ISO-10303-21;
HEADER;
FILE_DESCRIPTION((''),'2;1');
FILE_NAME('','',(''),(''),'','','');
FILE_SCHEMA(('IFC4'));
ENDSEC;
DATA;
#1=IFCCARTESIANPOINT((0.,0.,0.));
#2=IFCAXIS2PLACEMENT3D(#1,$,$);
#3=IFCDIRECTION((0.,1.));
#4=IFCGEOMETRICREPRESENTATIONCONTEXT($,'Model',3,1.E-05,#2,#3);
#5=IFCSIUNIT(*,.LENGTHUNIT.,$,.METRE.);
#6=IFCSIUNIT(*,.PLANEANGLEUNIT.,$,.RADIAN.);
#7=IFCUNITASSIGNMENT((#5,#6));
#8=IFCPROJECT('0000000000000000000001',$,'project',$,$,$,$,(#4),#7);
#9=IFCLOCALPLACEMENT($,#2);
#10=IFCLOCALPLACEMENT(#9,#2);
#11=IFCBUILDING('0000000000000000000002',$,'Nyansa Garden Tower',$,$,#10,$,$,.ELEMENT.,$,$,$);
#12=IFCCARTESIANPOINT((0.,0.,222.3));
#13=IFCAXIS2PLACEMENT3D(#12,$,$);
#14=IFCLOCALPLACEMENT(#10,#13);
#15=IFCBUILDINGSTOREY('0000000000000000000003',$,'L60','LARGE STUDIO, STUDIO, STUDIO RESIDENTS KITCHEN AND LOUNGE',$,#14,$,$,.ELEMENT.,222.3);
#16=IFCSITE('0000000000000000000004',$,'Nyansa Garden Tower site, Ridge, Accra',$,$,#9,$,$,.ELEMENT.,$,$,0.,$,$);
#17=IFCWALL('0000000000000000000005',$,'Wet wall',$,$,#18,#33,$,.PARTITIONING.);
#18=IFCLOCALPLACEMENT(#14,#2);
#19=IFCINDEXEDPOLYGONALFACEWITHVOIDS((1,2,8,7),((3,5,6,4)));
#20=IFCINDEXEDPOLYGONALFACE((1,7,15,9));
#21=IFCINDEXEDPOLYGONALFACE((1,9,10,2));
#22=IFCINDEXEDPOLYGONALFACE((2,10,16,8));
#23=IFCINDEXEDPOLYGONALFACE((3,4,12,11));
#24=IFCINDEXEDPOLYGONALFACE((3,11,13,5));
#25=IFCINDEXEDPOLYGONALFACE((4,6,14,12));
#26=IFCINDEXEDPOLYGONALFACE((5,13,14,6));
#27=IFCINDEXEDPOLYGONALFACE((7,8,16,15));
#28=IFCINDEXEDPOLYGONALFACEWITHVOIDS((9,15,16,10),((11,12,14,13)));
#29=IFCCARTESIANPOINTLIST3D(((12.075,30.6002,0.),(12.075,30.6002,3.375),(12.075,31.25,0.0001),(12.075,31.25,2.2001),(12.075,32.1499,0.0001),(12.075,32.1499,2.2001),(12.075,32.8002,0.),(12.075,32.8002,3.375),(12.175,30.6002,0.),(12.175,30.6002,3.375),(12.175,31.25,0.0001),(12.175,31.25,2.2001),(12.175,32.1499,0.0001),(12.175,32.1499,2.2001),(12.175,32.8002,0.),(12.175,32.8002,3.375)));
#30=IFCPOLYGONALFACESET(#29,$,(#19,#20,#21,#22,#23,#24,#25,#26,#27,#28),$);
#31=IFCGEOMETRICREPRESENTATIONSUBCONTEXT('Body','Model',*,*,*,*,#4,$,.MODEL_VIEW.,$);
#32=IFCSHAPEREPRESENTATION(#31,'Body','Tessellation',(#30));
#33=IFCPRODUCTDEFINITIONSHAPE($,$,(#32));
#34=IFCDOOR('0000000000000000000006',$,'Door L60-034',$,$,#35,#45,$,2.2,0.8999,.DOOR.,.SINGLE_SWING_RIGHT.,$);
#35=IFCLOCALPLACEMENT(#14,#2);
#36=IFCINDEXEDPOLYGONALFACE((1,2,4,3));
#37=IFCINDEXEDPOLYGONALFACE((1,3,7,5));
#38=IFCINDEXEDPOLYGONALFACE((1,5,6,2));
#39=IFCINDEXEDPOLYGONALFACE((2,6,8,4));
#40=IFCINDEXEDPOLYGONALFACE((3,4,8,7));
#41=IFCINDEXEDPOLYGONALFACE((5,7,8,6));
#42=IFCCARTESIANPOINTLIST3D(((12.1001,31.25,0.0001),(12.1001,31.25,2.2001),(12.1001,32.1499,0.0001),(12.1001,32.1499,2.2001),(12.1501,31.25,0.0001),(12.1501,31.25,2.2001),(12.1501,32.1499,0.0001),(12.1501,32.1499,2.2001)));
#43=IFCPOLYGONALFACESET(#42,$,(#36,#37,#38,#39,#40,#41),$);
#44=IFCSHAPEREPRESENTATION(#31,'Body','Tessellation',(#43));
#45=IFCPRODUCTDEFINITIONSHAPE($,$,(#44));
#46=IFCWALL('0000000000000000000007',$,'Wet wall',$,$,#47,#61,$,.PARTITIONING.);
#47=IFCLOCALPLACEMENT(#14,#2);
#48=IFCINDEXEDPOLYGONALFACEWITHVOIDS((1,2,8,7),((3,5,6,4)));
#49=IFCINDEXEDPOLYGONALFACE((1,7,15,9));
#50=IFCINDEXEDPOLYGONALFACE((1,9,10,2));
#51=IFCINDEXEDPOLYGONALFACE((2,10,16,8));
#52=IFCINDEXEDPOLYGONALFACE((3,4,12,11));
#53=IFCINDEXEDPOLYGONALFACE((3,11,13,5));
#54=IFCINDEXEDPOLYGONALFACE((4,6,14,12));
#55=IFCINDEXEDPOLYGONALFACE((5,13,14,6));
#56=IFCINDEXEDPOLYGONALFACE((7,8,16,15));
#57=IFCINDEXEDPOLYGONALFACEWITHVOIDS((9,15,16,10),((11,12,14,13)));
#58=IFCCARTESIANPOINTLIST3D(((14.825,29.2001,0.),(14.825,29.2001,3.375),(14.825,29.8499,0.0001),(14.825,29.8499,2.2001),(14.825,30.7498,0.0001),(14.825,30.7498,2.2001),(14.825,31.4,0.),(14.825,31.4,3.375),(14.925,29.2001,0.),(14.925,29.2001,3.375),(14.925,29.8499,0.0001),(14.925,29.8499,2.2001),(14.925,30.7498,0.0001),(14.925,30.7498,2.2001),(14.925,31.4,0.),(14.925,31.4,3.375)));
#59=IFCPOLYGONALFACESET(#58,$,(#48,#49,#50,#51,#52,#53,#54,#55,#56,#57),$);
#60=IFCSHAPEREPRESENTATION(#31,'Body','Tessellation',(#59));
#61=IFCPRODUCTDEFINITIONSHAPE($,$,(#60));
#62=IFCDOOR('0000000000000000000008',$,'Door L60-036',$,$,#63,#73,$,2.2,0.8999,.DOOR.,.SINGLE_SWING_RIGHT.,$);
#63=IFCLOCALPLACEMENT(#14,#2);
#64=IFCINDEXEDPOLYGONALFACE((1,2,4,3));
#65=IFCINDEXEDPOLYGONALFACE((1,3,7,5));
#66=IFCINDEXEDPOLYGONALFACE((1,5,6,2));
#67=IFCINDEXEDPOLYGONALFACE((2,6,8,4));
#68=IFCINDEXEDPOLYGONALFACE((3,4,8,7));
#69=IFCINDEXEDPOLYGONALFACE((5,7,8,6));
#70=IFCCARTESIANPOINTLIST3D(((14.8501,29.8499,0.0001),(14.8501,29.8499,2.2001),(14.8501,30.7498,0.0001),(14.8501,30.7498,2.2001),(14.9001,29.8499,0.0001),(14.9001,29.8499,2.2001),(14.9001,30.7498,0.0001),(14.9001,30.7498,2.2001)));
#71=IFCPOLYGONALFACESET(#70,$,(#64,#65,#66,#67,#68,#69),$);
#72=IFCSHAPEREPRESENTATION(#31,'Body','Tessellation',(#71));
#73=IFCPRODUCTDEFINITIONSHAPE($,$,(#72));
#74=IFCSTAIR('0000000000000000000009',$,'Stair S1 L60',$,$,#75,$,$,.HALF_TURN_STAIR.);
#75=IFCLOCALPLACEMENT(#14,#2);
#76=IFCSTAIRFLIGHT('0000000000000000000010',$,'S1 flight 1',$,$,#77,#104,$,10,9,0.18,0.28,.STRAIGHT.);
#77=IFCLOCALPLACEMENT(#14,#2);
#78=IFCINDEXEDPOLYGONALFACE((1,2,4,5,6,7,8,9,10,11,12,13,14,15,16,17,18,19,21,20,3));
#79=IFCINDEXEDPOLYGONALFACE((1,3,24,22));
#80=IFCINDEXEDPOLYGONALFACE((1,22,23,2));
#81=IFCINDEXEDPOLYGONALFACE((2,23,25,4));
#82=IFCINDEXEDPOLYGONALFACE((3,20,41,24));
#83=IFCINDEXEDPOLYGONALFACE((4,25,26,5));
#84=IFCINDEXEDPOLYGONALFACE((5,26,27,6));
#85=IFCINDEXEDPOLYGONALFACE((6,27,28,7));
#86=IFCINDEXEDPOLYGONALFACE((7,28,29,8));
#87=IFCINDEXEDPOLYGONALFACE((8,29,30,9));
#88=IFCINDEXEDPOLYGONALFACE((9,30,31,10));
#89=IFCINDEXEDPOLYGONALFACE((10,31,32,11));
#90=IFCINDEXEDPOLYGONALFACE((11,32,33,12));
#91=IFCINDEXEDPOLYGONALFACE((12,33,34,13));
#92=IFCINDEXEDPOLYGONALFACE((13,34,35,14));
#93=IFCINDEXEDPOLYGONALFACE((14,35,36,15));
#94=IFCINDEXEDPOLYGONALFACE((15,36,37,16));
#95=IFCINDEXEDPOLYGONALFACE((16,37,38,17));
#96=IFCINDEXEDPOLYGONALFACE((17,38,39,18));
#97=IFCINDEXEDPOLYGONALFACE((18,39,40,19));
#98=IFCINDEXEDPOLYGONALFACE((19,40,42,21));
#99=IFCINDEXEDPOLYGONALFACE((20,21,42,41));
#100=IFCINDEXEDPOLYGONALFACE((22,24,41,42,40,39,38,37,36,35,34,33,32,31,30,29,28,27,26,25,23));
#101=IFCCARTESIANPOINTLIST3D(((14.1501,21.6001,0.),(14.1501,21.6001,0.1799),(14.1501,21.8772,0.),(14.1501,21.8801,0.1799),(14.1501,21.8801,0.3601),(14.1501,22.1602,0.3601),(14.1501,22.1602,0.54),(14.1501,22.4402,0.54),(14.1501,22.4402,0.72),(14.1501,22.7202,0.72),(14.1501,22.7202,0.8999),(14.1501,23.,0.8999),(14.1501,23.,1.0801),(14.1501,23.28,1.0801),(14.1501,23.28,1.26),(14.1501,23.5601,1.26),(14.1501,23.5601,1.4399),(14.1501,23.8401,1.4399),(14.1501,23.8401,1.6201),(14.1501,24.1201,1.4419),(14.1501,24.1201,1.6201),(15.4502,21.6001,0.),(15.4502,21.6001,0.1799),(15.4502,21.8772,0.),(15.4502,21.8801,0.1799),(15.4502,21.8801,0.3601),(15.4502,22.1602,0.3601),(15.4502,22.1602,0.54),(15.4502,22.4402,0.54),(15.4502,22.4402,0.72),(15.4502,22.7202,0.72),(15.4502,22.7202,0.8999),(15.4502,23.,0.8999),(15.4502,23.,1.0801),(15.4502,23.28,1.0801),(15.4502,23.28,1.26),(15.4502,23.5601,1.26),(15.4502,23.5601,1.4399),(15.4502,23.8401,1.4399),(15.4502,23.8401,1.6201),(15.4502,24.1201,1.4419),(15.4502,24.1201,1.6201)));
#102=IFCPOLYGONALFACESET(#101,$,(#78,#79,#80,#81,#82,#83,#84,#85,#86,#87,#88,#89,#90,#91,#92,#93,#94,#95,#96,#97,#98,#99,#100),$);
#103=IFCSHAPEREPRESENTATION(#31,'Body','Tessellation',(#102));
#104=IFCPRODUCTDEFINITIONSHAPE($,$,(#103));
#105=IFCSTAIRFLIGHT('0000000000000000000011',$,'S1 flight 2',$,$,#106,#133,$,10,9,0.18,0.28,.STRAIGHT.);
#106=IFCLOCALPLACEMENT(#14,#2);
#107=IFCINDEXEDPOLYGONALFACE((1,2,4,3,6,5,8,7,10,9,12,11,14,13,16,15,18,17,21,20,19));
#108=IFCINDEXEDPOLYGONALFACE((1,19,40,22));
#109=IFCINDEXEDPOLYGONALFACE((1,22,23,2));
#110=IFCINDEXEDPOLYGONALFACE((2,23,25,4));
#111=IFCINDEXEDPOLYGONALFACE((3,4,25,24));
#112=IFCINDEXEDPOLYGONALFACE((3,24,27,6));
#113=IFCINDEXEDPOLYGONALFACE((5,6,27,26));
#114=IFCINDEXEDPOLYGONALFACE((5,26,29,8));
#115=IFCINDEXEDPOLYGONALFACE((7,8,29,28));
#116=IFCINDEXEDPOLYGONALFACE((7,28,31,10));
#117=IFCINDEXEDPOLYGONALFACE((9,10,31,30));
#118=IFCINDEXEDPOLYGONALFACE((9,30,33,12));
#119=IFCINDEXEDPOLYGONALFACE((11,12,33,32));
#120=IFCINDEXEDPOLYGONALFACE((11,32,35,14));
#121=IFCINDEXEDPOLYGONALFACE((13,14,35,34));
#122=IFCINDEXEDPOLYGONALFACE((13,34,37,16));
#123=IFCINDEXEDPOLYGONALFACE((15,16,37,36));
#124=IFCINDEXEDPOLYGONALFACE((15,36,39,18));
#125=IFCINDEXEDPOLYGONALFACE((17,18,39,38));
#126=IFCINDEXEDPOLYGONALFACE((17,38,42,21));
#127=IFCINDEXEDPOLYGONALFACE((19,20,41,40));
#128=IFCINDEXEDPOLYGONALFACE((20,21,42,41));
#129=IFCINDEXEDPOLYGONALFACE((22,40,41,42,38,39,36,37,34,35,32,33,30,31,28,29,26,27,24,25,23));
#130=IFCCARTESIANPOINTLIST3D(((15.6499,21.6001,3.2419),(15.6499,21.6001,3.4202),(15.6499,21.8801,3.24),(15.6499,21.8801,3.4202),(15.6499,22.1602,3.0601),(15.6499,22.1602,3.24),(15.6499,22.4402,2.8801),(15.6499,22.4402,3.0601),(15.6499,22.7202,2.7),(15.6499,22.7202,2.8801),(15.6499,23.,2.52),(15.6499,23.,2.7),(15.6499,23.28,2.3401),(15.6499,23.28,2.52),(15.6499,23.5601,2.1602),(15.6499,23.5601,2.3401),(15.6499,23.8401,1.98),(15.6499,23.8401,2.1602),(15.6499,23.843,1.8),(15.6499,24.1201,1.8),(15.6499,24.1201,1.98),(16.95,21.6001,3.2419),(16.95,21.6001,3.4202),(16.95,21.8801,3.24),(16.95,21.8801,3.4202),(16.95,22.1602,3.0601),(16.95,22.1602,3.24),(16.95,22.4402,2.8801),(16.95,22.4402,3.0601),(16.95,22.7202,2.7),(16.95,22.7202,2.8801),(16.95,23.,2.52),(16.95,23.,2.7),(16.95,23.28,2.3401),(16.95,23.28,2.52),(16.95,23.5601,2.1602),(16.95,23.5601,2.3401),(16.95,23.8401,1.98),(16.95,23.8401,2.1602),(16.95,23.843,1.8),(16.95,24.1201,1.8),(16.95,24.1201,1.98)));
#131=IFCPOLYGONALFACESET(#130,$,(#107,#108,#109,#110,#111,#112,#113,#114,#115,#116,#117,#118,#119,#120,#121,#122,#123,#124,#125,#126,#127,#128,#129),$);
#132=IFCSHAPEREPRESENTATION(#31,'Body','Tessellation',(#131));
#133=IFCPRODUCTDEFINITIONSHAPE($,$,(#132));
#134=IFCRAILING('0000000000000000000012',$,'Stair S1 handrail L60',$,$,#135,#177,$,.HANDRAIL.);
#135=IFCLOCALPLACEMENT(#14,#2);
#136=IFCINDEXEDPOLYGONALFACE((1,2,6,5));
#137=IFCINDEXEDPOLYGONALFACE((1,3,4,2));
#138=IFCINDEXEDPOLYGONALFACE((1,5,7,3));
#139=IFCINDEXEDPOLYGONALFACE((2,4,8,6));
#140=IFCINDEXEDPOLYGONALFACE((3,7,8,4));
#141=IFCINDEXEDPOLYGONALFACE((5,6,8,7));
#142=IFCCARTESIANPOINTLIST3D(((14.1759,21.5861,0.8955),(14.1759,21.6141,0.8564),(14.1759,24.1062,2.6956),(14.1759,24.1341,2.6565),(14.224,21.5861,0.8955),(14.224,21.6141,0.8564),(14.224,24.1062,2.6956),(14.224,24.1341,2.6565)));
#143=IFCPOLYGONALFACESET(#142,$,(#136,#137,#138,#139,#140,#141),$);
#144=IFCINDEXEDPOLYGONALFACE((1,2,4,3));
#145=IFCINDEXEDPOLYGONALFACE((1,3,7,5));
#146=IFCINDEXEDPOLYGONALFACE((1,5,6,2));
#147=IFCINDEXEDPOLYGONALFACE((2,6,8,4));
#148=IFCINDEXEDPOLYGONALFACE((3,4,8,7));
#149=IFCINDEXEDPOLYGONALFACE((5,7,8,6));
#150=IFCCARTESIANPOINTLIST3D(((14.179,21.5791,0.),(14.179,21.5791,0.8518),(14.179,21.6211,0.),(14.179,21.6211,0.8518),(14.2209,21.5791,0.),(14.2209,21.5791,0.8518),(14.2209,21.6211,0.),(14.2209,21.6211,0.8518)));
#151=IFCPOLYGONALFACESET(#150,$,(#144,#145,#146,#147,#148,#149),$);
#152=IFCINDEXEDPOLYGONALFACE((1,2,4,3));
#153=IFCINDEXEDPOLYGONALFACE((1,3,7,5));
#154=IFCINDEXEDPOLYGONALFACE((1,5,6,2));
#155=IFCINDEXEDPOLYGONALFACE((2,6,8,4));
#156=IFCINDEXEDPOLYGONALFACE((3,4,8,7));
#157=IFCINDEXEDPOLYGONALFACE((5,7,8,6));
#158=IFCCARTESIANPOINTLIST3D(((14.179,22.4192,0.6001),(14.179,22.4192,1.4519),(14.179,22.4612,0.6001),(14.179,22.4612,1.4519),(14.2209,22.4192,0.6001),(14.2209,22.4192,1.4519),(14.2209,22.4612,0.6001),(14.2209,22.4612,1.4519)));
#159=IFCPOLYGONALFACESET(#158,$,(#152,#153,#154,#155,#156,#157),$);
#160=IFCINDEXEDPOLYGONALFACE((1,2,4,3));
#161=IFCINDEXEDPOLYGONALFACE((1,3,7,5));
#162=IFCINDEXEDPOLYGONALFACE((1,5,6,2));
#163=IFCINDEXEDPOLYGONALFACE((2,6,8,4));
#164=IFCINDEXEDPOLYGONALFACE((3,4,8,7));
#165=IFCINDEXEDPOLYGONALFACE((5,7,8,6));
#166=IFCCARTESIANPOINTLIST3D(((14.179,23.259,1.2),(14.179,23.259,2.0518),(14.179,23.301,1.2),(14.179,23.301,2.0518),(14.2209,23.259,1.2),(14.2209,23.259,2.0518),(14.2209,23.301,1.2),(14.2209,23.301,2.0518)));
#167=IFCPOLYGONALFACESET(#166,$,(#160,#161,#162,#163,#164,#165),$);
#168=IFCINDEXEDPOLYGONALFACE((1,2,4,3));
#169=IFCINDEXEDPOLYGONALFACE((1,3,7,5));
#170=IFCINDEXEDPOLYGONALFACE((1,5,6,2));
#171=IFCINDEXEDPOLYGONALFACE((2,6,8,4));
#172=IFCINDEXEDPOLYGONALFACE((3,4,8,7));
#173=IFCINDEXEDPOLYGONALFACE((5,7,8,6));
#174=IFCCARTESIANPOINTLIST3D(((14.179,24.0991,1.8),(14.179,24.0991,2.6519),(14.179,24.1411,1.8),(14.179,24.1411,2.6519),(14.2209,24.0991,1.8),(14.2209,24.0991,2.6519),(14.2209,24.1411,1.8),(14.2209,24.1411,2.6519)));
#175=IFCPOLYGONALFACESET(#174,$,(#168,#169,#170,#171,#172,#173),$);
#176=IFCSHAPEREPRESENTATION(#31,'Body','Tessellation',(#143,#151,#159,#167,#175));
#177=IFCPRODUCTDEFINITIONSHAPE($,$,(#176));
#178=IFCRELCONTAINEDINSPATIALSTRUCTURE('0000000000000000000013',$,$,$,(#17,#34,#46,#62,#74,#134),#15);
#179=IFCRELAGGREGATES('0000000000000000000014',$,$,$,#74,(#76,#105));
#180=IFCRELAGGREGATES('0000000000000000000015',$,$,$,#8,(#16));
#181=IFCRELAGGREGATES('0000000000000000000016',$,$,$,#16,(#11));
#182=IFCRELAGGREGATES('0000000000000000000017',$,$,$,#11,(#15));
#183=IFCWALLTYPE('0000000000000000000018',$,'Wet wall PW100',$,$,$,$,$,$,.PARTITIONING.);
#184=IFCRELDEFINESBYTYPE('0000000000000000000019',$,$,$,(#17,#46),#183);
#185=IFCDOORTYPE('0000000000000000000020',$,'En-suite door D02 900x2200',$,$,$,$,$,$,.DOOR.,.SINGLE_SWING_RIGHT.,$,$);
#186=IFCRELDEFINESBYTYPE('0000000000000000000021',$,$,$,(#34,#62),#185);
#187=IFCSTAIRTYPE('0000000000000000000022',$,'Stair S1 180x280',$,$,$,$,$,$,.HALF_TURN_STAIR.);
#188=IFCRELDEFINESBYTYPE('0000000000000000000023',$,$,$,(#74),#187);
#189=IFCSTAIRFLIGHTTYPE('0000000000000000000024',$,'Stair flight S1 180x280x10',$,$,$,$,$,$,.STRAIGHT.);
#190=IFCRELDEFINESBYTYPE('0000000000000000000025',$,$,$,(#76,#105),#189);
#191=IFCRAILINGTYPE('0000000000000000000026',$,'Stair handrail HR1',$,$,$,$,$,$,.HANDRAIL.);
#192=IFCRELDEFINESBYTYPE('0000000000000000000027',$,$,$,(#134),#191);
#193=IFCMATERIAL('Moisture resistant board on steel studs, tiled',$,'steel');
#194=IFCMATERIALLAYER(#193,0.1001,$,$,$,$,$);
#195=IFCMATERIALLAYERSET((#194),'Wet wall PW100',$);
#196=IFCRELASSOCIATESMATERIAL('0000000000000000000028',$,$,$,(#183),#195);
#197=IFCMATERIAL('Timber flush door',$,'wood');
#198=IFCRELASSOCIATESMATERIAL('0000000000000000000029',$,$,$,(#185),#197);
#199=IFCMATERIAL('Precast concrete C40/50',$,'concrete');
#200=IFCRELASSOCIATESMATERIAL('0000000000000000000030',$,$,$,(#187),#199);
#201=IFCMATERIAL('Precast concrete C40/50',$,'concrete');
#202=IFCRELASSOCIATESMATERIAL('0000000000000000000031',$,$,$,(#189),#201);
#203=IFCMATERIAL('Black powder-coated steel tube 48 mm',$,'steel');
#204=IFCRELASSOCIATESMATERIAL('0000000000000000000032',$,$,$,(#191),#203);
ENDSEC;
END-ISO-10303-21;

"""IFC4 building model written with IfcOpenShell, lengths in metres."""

from ifc_helpers import new_model, si_unit, direction, frame, frame_2d, origin, origin_2d, place, context, subcontext, project, spatial, polyline, rectangle, outline, extrude, material, layer, layer_set, type_object, element, fill, aggregate, save


model = new_model("IFC4")

# Units and contexts
model_context = context("Model", 3, precision=1e-05, world=origin(), true_north=direction((0.0, 1.0)))
body_context = subcontext(model_context, "Body", "Model", "MODEL_VIEW")
ifc_project = project(units=[si_unit("LENGTHUNIT", "METRE"), si_unit("PLANEANGLEUNIT", "RADIAN")], contexts=[model_context])

# Site, building, storey
site_placement = place(None, origin())
site = spatial("IfcSite", under=ifc_project, at=site_placement, Name="Nyansa Garden Tower site, Ridge, Accra", CompositionType="ELEMENT", RefElevation=0.0)
building_placement = place(site_placement, origin())
building = spatial("IfcBuilding", under=site, at=building_placement, Name="Nyansa Garden Tower", CompositionType="ELEMENT")
storey_placement = place(building_placement, frame((0.0, 0.0, 222.3)))
storey = spatial("IfcBuildingStorey", under=building, at=storey_placement, Name="L60", Description="LARGE STUDIO, STUDIO, STUDIO RESIDENTS KITCHEN AND LOUNGE", CompositionType="ELEMENT", Elevation=222.3)

# Shared definitions
ifc_material_1 = material(Name="Moisture resistant board on steel studs, tiled", Category="steel")
ifc_layer_1 = layer(ifc_material_1, 0.1001)
ifc_layer_set_1 = layer_set([ifc_layer_1], Name="Wet wall PW100")
wall_type_1 = type_object("IfcWallType", Name="Wet wall PW100", PredefinedType="PARTITIONING", material=ifc_layer_set_1)

# Walls, openings, doors
wall_1_placement = place(storey_placement, frame((12.125, 30.6001, 0.0), z_axis=(0.0, 0.0, 1.0), x_axis=(0.0, 1.0, 0.0)))
wall_1 = element("IfcWall", 1, at=wall_1_placement, inside=storey, type_object=wall_type_1, Name="Wet wall", PredefinedType="PARTITIONING", context=body_context, shape_type="SweptSolid", body=[
    extrude(rectangle(XDim=2.2, YDim=0.1001, at=frame_2d((1.1001, 0.0))), origin(), (0.0, 0.0, 1.0), 3.375),
])
opening_1_placement = place(wall_1_placement, frame((0.6499, 0.0, 0.0)))
opening_1 = element("IfcOpeningElement", 2, at=opening_1_placement, cuts=wall_1, PredefinedType="OPENING", context=body_context, shape_type="SweptSolid", body=[
    extrude(rectangle(XDim=0.8999, YDim=2.2, at=frame_2d((0.45, 1.1001))), frame((0.0, 0.0601, 0.0), z_axis=(0.0, -1.0, 0.0), x_axis=(1.0, 0.0, 0.0)), (0.0, 0.0, 1.0), 0.1201),
])
ifc_material_2 = material(Name="Timber flush door", Category="wood")
door_type_1 = type_object("IfcDoorType", Name="En-suite door D02 900x2200", OperationType="SINGLE_SWING_RIGHT", PredefinedType="DOOR", material=ifc_material_2)
door_1_placement = place(opening_1_placement, origin())
door_1 = element("IfcDoor", 3, at=door_1_placement, inside=storey, type_object=door_type_1, Name="Door L60-034", OperationType="SINGLE_SWING_RIGHT", OverallHeight=2.2, OverallWidth=0.8999, PredefinedType="DOOR", context=body_context, shape_type="SweptSolid", body=[
    extrude(rectangle(XDim=0.8999, YDim=2.2, at=frame_2d((0.45, 1.1001))), frame((0.0, 0.0249, 0.0), z_axis=(0.0, -1.0, 0.0), x_axis=(1.0, 0.0, 0.0)), (0.0, 0.0, 1.0), 0.05),
])
fill(opening_1, door_1)
wall_2_placement = place(storey_placement, frame((14.875, 29.2, 0.0), z_axis=(0.0, 0.0, 1.0), x_axis=(0.0, 1.0, 0.0)))
wall_2 = element("IfcWall", 4, at=wall_2_placement, inside=storey, type_object=wall_type_1, Name="Wet wall", PredefinedType="PARTITIONING", context=body_context, shape_type="SweptSolid", body=[
    extrude(rectangle(XDim=2.2, YDim=0.1001, at=frame_2d((1.1001, 0.0))), origin(), (0.0, 0.0, 1.0), 3.375),
])
opening_2_placement = place(wall_2_placement, frame((0.6499, 0.0, 0.0)))
opening_2 = element("IfcOpeningElement", 5, at=opening_2_placement, cuts=wall_2, PredefinedType="OPENING", context=body_context, shape_type="SweptSolid", body=[
    extrude(rectangle(XDim=0.8999, YDim=2.2, at=frame_2d((0.45, 1.1001))), frame((0.0, 0.0601, 0.0), z_axis=(0.0, -1.0, 0.0), x_axis=(1.0, 0.0, 0.0)), (0.0, 0.0, 1.0), 0.1201),
])
door_2_placement = place(opening_2_placement, origin())
door_2 = element("IfcDoor", 6, at=door_2_placement, inside=storey, type_object=door_type_1, Name="Door L60-036", OperationType="SINGLE_SWING_RIGHT", OverallHeight=2.2, OverallWidth=0.8999, PredefinedType="DOOR", context=body_context, shape_type="SweptSolid", body=[
    extrude(rectangle(XDim=0.8999, YDim=2.2, at=frame_2d((0.45, 1.1001))), frame((0.0, 0.0249, 0.0), z_axis=(0.0, -1.0, 0.0), x_axis=(1.0, 0.0, 0.0)), (0.0, 0.0, 1.0), 0.05),
])
fill(opening_2, door_2)

# Stair, stair flights
ifc_material_3 = material(Name="Precast concrete C40/50", Category="concrete")
stair_type = type_object("IfcStairType", Name="Stair S1 180x280", PredefinedType="HALF_TURN_STAIR", material=ifc_material_3)
stair_placement = place(storey_placement, origin())
stair = element("IfcStair", 7, at=stair_placement, inside=storey, type_object=stair_type, Name="Stair S1 L60", PredefinedType="HALF_TURN_STAIR")
ifc_material_4 = material(Name="Precast concrete C40/50", Category="concrete")
stair_flight_type = type_object("IfcStairFlightType", Name="Stair flight S1 180x280x10", PredefinedType="STRAIGHT", material=ifc_material_4)
stair_flight_1_placement = place(storey_placement, frame((14.8, 21.6001, 0.0), z_axis=(0.0, 0.0, 1.0), x_axis=(0.0, 1.0, 0.0)))
stair_flight_1 = element("IfcStairFlight", 8, at=stair_flight_1_placement, type_object=stair_flight_type, Name="S1 flight 1", NumberOfRisers=10, NumberOfTreads=9, PredefinedType="STRAIGHT", RiserHeight=0.18, TreadLength=0.28, context=body_context, shape_type="SweptSolid", body=[
    extrude(outline(polyline([(0.0, 0.0), (0.0, 0.1799), (0.28, 0.1799), (0.28, 0.3601), (0.5601, 0.3601), (0.5601, 0.54), (0.8401, 0.54), (0.8401, 0.72), (1.1201, 0.72), (1.1201, 0.8999), (1.3999, 0.8999), (1.3999, 1.0801), (1.6799, 1.0801), (1.6799, 1.26), (1.96, 1.26), (1.96, 1.4399), (2.24, 1.4399), (2.24, 1.6201), (2.52, 1.6201), (2.52, 1.8), (2.52, 1.4419), (0.2771, 0.0), (0.0, 0.0)])), frame((0.0, 0.6499, 0.0), z_axis=(0.0, -1.0, 0.0), x_axis=(1.0, 0.0, 0.0)), (0.0, 0.0, 1.0), 1.3),
])
stair_flight_2_placement = place(storey_placement, frame((16.3, 24.1201, 1.8), z_axis=(0.0, 0.0, 1.0), x_axis=(0.0, -1.0, 0.0)))
stair_flight_2 = element("IfcStairFlight", 9, at=stair_flight_2_placement, type_object=stair_flight_type, Name="S1 flight 2", NumberOfRisers=10, NumberOfTreads=9, PredefinedType="STRAIGHT", RiserHeight=0.18, TreadLength=0.28, context=body_context, shape_type="SweptSolid", body=[
    extrude(outline(polyline([(0.0, 0.0), (0.0, 0.1799), (0.28, 0.1799), (0.28, 0.3601), (0.5601, 0.3601), (0.5601, 0.54), (0.8401, 0.54), (0.8401, 0.72), (1.1201, 0.72), (1.1201, 0.8999), (1.3999, 0.8999), (1.3999, 1.0801), (1.6799, 1.0801), (1.6799, 1.26), (1.96, 1.26), (1.96, 1.4399), (2.24, 1.4399), (2.24, 1.6201), (2.52, 1.6201), (2.52, 1.8), (2.52, 1.4419), (0.2771, 0.0), (0.0, 0.0)])), frame((0.0, 0.6499, 0.0), z_axis=(0.0, -1.0, 0.0), x_axis=(1.0, 0.0, 0.0)), (0.0, 0.0, 1.0), 1.3),
])
aggregate(stair, [stair_flight_1, stair_flight_2])

# Railing
ifc_material_5 = material(Name="Black powder-coated steel tube 48 mm", Category="steel")
railing_type = type_object("IfcRailingType", Name="Stair handrail HR1", PredefinedType="HANDRAIL", material=ifc_material_5)
railing_1_placement = place(storey_placement, frame((14.2, 21.6001, 0.0)))
element("IfcRailing", 10, at=railing_1_placement, inside=storey, type_object=railing_type, Name="Stair S1 handrail L60", PredefinedType="HANDRAIL", context=body_context, shape_type="SweptSolid", body=[
    extrude(rectangle(XDim=0.0481, YDim=0.0481, at=origin_2d()), frame((0.0, 0.0, 0.876), z_axis=(0.0, 0.813728, 0.581246), x_axis=(-1.0, 0.0, 0.0)), (0.0, 0.0, 1.0), 3.0969),
    extrude(rectangle(XDim=0.042, YDim=0.042, at=origin_2d()), origin(), (0.0, 0.0, 1.0), 0.8518),
    extrude(rectangle(XDim=0.042, YDim=0.042, at=origin_2d()), frame((0.0, 0.8401, 0.6001)), (0.0, 0.0, 1.0), 0.8518),
    extrude(rectangle(XDim=0.042, YDim=0.042, at=origin_2d()), frame((0.0, 1.6799, 1.2)), (0.0, 0.0, 1.0), 0.8518),
    extrude(rectangle(XDim=0.042, YDim=0.042, at=origin_2d()), frame((0.0, 2.52, 1.8)), (0.0, 0.0, 1.0), 0.8518),
])

save(model, "model.ifc")
